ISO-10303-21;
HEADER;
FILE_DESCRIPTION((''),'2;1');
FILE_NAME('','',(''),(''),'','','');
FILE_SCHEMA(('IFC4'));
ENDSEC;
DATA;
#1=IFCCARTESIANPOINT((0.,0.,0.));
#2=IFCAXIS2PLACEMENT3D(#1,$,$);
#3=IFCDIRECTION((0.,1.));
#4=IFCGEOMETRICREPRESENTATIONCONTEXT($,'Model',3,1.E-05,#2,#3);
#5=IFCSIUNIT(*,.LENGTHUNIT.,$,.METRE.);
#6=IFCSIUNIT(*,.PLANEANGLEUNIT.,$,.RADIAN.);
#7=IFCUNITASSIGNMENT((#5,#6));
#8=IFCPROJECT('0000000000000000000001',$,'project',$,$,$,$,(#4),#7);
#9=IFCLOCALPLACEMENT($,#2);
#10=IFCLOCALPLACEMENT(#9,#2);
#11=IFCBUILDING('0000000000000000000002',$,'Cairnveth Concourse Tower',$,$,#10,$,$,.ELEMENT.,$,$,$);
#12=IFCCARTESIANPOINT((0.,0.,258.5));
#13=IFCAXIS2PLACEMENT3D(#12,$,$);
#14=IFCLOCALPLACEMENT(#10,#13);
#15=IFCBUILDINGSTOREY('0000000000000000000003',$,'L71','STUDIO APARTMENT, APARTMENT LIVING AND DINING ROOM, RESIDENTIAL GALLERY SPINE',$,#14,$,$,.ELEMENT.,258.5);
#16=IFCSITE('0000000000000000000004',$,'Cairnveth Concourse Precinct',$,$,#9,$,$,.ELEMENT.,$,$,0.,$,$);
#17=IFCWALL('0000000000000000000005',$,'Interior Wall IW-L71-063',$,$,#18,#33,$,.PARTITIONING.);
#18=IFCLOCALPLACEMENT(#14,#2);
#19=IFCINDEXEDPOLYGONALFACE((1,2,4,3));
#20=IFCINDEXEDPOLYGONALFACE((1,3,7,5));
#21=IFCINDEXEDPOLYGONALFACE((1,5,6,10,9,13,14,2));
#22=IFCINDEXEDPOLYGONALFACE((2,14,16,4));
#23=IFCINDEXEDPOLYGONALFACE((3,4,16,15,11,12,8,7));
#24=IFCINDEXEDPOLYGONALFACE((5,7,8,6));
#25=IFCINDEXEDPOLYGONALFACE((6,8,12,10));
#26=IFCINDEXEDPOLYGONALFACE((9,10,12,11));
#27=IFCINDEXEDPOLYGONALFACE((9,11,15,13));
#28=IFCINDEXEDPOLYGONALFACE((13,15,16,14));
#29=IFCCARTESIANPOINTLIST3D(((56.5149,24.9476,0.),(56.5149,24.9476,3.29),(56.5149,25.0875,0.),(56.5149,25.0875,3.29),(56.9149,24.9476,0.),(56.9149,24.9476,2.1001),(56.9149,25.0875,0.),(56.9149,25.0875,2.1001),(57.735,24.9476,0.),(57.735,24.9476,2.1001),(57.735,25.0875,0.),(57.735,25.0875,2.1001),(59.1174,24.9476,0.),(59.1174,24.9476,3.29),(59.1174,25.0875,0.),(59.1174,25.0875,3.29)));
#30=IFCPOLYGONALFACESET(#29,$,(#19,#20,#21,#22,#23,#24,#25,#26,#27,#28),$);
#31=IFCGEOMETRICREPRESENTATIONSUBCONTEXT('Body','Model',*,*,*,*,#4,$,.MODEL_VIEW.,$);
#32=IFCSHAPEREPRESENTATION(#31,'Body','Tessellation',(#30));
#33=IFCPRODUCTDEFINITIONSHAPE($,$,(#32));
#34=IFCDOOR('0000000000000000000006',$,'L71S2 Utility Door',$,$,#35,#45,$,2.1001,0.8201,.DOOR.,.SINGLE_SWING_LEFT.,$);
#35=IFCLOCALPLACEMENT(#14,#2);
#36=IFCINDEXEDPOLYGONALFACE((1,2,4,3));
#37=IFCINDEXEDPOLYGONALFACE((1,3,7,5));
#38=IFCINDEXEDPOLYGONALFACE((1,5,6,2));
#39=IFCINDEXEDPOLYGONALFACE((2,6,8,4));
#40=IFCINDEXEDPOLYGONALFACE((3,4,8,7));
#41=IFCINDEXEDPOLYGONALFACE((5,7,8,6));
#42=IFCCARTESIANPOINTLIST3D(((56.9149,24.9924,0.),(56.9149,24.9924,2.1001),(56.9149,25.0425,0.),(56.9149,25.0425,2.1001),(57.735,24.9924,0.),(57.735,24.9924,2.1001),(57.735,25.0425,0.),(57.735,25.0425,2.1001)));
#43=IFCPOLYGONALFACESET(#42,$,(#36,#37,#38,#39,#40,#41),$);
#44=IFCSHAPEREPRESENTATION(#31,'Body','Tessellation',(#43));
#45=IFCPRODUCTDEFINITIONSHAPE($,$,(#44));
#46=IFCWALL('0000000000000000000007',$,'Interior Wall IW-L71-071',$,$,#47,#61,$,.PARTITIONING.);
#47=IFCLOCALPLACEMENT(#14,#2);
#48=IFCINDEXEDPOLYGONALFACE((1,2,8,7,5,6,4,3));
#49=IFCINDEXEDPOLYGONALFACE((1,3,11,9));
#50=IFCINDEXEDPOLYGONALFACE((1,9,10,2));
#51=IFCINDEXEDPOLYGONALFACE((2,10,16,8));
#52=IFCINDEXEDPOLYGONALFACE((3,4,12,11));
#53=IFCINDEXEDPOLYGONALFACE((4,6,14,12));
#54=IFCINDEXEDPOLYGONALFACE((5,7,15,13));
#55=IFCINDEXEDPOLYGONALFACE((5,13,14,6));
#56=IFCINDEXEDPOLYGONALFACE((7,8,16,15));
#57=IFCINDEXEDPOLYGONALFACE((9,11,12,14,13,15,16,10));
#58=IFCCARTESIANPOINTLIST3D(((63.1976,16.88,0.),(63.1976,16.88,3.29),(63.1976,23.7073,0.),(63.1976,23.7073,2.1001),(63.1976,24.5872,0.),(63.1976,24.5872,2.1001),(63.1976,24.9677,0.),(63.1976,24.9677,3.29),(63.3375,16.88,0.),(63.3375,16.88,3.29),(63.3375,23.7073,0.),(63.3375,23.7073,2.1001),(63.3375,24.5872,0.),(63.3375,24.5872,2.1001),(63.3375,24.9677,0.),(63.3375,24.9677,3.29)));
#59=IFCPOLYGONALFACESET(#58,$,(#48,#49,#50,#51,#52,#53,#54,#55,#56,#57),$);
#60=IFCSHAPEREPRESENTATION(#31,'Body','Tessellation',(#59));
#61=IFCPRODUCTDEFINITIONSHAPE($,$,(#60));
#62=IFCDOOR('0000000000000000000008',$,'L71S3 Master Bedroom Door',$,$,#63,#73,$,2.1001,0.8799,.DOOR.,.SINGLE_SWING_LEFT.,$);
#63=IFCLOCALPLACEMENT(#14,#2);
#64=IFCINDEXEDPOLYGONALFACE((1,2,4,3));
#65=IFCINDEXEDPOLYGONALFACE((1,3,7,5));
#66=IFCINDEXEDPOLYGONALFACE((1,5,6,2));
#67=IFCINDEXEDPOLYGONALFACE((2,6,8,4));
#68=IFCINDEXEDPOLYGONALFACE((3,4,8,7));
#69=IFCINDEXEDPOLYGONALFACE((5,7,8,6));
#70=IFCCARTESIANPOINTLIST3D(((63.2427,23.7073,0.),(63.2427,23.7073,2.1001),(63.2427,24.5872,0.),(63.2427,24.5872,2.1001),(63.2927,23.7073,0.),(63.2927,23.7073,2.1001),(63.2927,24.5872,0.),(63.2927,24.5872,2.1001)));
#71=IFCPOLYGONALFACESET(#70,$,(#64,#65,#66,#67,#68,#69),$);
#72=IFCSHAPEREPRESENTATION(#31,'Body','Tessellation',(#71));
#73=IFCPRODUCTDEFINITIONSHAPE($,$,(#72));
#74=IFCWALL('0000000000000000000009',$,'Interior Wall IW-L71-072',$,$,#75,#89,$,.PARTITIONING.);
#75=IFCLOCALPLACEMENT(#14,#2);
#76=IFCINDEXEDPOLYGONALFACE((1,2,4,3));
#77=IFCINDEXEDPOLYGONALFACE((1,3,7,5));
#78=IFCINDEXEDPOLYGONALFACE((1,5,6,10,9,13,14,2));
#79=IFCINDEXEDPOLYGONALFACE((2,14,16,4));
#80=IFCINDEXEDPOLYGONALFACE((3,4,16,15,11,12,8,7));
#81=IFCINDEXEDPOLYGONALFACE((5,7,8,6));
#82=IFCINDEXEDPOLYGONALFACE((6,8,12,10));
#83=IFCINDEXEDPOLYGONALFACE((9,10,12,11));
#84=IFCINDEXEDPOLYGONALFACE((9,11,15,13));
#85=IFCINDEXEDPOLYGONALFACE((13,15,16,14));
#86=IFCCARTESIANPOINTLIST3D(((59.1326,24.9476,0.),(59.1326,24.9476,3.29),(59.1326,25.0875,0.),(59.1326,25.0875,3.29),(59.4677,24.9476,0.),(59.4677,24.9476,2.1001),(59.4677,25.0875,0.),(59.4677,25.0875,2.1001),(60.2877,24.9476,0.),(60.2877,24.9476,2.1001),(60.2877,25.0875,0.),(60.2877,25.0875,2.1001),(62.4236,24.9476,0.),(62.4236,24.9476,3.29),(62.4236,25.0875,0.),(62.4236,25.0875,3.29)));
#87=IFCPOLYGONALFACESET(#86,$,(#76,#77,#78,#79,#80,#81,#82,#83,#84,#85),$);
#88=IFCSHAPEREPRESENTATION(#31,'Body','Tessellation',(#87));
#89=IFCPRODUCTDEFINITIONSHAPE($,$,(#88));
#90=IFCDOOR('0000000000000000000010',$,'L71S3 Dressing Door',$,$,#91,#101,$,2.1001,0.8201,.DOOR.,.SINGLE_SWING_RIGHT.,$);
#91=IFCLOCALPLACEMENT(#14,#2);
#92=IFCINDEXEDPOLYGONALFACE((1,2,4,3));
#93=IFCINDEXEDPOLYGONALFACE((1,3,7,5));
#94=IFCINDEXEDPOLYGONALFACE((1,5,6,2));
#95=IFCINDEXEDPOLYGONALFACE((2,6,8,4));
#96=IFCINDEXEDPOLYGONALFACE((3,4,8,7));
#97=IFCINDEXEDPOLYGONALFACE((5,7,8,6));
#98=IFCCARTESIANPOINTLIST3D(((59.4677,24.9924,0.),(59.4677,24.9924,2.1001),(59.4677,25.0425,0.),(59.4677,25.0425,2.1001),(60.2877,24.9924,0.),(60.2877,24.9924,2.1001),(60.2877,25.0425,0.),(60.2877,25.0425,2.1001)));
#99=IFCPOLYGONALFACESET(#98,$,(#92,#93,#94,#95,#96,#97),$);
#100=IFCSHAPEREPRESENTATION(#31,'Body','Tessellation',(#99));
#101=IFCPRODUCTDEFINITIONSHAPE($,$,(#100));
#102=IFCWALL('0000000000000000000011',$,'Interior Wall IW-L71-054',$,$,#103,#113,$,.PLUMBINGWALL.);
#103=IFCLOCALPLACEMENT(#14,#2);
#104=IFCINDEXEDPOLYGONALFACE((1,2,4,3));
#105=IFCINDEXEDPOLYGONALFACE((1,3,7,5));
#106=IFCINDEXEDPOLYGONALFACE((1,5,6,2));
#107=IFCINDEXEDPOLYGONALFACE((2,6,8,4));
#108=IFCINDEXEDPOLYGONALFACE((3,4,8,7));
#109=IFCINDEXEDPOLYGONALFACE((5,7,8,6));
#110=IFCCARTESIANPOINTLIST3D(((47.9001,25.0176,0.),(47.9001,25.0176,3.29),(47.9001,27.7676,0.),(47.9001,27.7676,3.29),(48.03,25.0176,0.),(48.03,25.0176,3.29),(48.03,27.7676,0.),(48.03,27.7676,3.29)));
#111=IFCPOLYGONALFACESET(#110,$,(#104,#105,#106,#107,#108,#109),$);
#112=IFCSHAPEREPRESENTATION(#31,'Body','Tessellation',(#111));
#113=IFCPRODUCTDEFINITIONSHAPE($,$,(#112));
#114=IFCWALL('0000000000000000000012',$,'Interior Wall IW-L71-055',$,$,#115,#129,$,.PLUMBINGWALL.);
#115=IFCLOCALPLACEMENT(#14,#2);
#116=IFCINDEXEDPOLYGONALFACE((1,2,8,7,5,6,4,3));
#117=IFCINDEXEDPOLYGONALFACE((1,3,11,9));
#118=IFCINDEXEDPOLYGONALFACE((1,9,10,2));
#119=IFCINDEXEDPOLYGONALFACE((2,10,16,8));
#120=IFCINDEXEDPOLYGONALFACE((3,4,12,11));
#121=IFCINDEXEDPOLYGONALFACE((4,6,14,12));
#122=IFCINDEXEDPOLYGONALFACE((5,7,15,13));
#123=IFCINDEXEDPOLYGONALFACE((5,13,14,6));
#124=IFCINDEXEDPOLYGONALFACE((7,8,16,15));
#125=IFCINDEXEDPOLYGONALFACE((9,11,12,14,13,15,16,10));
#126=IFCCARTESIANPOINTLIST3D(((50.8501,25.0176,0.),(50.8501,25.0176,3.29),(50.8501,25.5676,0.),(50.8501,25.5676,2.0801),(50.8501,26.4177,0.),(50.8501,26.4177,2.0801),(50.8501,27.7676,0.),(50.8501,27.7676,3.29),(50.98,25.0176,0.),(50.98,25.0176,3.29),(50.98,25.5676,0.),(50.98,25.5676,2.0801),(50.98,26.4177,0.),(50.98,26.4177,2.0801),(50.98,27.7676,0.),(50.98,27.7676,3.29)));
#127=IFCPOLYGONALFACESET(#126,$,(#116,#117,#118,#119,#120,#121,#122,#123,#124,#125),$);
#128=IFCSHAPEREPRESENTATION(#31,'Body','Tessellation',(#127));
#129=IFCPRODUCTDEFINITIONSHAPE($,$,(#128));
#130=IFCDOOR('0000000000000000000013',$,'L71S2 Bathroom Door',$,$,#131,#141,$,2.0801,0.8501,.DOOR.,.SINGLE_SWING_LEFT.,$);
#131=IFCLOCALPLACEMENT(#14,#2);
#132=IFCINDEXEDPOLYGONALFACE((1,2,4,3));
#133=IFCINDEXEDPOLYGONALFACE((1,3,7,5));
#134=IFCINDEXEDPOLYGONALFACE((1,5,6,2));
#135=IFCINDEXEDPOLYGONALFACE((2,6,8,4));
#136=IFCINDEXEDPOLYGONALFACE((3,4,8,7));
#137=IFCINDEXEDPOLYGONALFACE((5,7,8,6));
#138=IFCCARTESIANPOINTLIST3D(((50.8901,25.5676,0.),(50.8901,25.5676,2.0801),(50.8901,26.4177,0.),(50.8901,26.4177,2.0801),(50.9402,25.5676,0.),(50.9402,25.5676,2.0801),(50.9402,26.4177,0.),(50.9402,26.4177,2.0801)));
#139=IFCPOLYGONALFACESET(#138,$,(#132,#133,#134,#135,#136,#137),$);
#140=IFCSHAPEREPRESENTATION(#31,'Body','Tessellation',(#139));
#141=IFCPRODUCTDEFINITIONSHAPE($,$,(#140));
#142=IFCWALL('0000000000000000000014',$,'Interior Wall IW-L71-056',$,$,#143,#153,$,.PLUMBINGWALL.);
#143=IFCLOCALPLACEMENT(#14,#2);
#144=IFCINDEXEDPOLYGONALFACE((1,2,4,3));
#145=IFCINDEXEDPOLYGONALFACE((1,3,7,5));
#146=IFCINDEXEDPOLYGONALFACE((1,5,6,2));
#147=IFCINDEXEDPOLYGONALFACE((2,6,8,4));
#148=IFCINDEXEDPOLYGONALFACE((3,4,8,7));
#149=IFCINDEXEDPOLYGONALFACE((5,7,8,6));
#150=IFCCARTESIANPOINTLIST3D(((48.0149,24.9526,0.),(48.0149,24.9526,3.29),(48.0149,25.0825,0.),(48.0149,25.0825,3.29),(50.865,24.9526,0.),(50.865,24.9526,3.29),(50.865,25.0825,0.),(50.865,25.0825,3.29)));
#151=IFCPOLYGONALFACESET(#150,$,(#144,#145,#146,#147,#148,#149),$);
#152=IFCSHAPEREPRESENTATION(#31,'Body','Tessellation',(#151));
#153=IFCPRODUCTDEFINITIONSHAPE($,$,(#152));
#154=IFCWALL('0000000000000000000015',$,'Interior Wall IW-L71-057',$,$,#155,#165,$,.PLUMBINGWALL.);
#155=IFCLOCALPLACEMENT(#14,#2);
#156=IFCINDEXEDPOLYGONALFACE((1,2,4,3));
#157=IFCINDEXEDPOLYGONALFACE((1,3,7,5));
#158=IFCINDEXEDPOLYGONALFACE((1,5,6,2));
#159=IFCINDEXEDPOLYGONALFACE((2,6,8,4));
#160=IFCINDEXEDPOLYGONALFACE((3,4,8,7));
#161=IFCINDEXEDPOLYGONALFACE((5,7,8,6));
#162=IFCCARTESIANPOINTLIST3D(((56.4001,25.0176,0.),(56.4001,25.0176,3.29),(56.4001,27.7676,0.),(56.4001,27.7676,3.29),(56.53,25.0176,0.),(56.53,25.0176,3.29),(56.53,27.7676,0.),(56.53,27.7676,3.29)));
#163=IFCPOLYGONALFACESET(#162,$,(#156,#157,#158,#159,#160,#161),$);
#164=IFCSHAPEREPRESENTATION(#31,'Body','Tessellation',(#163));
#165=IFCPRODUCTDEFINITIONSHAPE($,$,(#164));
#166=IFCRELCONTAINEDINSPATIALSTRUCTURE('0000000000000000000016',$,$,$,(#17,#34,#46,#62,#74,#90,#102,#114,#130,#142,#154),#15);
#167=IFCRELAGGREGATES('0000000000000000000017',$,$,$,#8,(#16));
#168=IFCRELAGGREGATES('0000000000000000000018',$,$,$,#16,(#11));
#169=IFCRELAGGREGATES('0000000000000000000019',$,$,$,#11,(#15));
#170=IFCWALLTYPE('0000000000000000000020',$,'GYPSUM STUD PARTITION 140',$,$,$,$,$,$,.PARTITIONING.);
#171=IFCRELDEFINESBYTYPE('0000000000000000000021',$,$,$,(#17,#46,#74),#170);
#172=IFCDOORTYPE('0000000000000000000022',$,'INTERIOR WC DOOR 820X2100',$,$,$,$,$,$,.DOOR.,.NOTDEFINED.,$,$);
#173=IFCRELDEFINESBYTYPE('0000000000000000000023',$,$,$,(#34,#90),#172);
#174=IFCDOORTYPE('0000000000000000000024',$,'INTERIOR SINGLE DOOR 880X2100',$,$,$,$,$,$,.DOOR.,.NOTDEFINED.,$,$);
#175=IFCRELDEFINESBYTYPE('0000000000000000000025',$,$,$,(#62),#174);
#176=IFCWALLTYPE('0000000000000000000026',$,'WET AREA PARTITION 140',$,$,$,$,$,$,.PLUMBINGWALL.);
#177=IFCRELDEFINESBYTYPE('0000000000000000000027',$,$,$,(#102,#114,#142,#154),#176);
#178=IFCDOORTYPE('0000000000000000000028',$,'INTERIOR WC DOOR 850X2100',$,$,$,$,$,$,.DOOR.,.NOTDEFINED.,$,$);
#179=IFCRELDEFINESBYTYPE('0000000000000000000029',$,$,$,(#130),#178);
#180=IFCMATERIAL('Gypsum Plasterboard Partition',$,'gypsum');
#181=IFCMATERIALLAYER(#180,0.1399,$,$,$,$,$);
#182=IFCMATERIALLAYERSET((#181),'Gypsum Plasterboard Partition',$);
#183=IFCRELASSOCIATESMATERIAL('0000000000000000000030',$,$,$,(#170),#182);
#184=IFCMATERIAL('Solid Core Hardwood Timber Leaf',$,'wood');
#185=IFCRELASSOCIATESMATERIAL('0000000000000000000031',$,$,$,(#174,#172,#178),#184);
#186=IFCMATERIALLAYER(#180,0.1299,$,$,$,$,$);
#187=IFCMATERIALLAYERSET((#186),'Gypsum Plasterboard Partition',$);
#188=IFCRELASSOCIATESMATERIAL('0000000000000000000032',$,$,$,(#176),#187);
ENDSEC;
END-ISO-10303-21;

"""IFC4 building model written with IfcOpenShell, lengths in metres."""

from ifc_helpers import new_model, si_unit, direction, frame, frame_2d, origin, place, context, subcontext, project, spatial, rectangle, extrude, material, layer, layer_set, type_object, element, fill, save


model = new_model("IFC4")

# Units and contexts
model_context = context("Model", 3, precision=1e-05, world=origin(), true_north=direction((0.0, 1.0)))
body_context = subcontext(model_context, "Body", "Model", "MODEL_VIEW")
ifc_project = project(units=[si_unit("LENGTHUNIT", "METRE"), si_unit("PLANEANGLEUNIT", "RADIAN")], contexts=[model_context])

# Site, building, storey
site_placement = place(None, origin())
site = spatial("IfcSite", under=ifc_project, at=site_placement, Name="Cairnveth Concourse Precinct", CompositionType="ELEMENT", RefElevation=0.0)
building_placement = place(site_placement, origin())
building = spatial("IfcBuilding", under=site, at=building_placement, Name="Cairnveth Concourse Tower", CompositionType="ELEMENT")
storey_placement = place(building_placement, frame((0.0, 0.0, 258.5)))
storey = spatial("IfcBuildingStorey", under=building, at=storey_placement, Name="L71", Description="STUDIO APARTMENT, APARTMENT LIVING AND DINING ROOM, RESIDENTIAL GALLERY SPINE", CompositionType="ELEMENT", Elevation=258.5)

# Shared definitions
ifc_material_1 = material(Name="Gypsum Plasterboard Partition", Category="gypsum")

# Walls, openings, doors
ifc_layer_1 = layer(ifc_material_1, 0.1399)
ifc_layer_set_1 = layer_set([ifc_layer_1], Name="Gypsum Plasterboard Partition")
wall_type_1 = type_object("IfcWallType", Name="GYPSUM STUD PARTITION 140", PredefinedType="PARTITIONING", material=ifc_layer_set_1)
ifc_material_2 = material(Name="Solid Core Hardwood Timber Leaf", Category="wood")
door_type_1 = type_object("IfcDoorType", Name="INTERIOR SINGLE DOOR 880X2100", OperationType="NOTDEFINED", PredefinedType="DOOR", material=ifc_material_2)
wall_1_placement = place(storey_placement, frame((56.5149, 25.0176, 0.0), z_axis=(0.0, 0.0, 1.0), x_axis=(1.0, 0.0, 0.0)))
wall_1 = element("IfcWall", 1, at=wall_1_placement, inside=storey, type_object=wall_type_1, Name="Interior Wall IW-L71-063", PredefinedType="PARTITIONING", context=body_context, shape_type="SweptSolid", body=[
    extrude(rectangle(XDim=2.6025, YDim=0.1399, at=frame_2d((1.3013, 0.0))), origin(), (0.0, 0.0, 1.0), 3.29),
])
opening_1_placement = place(wall_1_placement, frame((0.3999, 0.0, 0.0)))
opening_1 = element("IfcOpeningElement", 2, at=opening_1_placement, cuts=wall_1, PredefinedType="OPENING", context=body_context, shape_type="SweptSolid", body=[
    extrude(rectangle(XDim=0.8201, YDim=2.1001, at=frame_2d((0.4102, 1.05))), frame((0.0, 0.0798, 0.0), z_axis=(0.0, -1.0, 0.0), x_axis=(1.0, 0.0, 0.0)), (0.0, 0.0, 1.0), 0.1599),
])
door_type_2 = type_object("IfcDoorType", Name="INTERIOR WC DOOR 820X2100", OperationType="NOTDEFINED", PredefinedType="DOOR", material=ifc_material_2)
door_1_placement = place(opening_1_placement, origin())
door_1 = element("IfcDoor", 3, at=door_1_placement, inside=storey, type_object=door_type_2, Name="L71S2 Utility Door", OperationType="SINGLE_SWING_LEFT", OverallHeight=2.1001, OverallWidth=0.8201, PredefinedType="DOOR", context=body_context, shape_type="SweptSolid", body=[
    extrude(rectangle(XDim=0.8201, YDim=2.1001, at=frame_2d((0.4102, 1.05))), frame((0.0, 0.0249, 0.0), z_axis=(0.0, -1.0, 0.0), x_axis=(1.0, 0.0, 0.0)), (0.0, 0.0, 1.0), 0.05),
])
fill(opening_1, door_1)
wall_2_placement = place(storey_placement, frame((63.2676, 16.8799, 0.0), z_axis=(0.0, 0.0, 1.0), x_axis=(0.0, 1.0, 0.0)))
wall_2 = element("IfcWall", 4, at=wall_2_placement, inside=storey, type_object=wall_type_1, Name="Interior Wall IW-L71-071", PredefinedType="PARTITIONING", context=body_context, shape_type="SweptSolid", body=[
    extrude(rectangle(XDim=8.0876, YDim=0.1399, at=frame_2d((4.0439, 0.0))), origin(), (0.0, 0.0, 1.0), 3.29),
])
opening_2_placement = place(wall_2_placement, frame((6.8274, 0.0, 0.0)))
opening_2 = element("IfcOpeningElement", 5, at=opening_2_placement, cuts=wall_2, PredefinedType="OPENING", context=body_context, shape_type="SweptSolid", body=[
    extrude(rectangle(XDim=0.8799, YDim=2.1001, at=frame_2d((0.4399, 1.05))), frame((0.0, 0.0798, 0.0), z_axis=(0.0, -1.0, 0.0), x_axis=(1.0, 0.0, 0.0)), (0.0, 0.0, 1.0), 0.1599),
])
door_2_placement = place(opening_2_placement, origin())
door_2 = element("IfcDoor", 6, at=door_2_placement, inside=storey, type_object=door_type_1, Name="L71S3 Master Bedroom Door", OperationType="SINGLE_SWING_LEFT", OverallHeight=2.1001, OverallWidth=0.8799, PredefinedType="DOOR", context=body_context, shape_type="SweptSolid", body=[
    extrude(rectangle(XDim=0.8799, YDim=2.1001, at=frame_2d((0.4399, 1.05))), frame((0.0, 0.0249, 0.0), z_axis=(0.0, -1.0, 0.0), x_axis=(1.0, 0.0, 0.0)), (0.0, 0.0, 1.0), 0.05),
])
fill(opening_2, door_2)
wall_3_placement = place(storey_placement, frame((59.1326, 25.0176, 0.0), z_axis=(0.0, 0.0, 1.0), x_axis=(1.0, 0.0, 0.0)))
wall_3 = element("IfcWall", 7, at=wall_3_placement, inside=storey, type_object=wall_type_1, Name="Interior Wall IW-L71-072", PredefinedType="PARTITIONING", context=body_context, shape_type="SweptSolid", body=[
    extrude(rectangle(XDim=3.291, YDim=0.1399, at=frame_2d((1.6455, 0.0))), origin(), (0.0, 0.0, 1.0), 3.29),
])
opening_3_placement = place(wall_3_placement, frame((0.335, 0.0, 0.0)))
opening_3 = element("IfcOpeningElement", 8, at=opening_3_placement, cuts=wall_3, PredefinedType="OPENING", context=body_context, shape_type="SweptSolid", body=[
    extrude(rectangle(XDim=0.8201, YDim=2.1001, at=frame_2d((0.4102, 1.05))), frame((0.0, 0.0798, 0.0), z_axis=(0.0, -1.0, 0.0), x_axis=(1.0, 0.0, 0.0)), (0.0, 0.0, 1.0), 0.1599),
])
door_3_placement = place(opening_3_placement, origin())
door_3 = element("IfcDoor", 9, at=door_3_placement, inside=storey, type_object=door_type_2, Name="L71S3 Dressing Door", OperationType="SINGLE_SWING_RIGHT", OverallHeight=2.1001, OverallWidth=0.8201, PredefinedType="DOOR", context=body_context, shape_type="SweptSolid", body=[
    extrude(rectangle(XDim=0.8201, YDim=2.1001, at=frame_2d((0.4102, 1.05))), frame((0.0, 0.0249, 0.0), z_axis=(0.0, -1.0, 0.0), x_axis=(1.0, 0.0, 0.0)), (0.0, 0.0, 1.0), 0.05),
])
fill(opening_3, door_3)

# Wall
ifc_layer_2 = layer(ifc_material_1, 0.1299)
ifc_layer_set_2 = layer_set([ifc_layer_2], Name="Gypsum Plasterboard Partition")
wall_type_2 = type_object("IfcWallType", Name="WET AREA PARTITION 140", PredefinedType="PLUMBINGWALL", material=ifc_layer_set_2)
wall_4_placement = place(storey_placement, frame((47.9651, 25.0176, 0.0), z_axis=(0.0, 0.0, 1.0), x_axis=(0.0, 1.0, 0.0)))
element("IfcWall", 10, at=wall_4_placement, inside=storey, type_object=wall_type_2, Name="Interior Wall IW-L71-054", PredefinedType="PLUMBINGWALL", context=body_context, shape_type="SweptSolid", body=[
    extrude(rectangle(XDim=2.75, YDim=0.1299, at=frame_2d((1.375, 0.0))), origin(), (0.0, 0.0, 1.0), 3.29),
])

# Wall, opening, door
wall_5_placement = place(storey_placement, frame((50.915, 25.0176, 0.0), z_axis=(0.0, 0.0, 1.0), x_axis=(0.0, 1.0, 0.0)))
wall_5 = element("IfcWall", 11, at=wall_5_placement, inside=storey, type_object=wall_type_2, Name="Interior Wall IW-L71-055", PredefinedType="PLUMBINGWALL", context=body_context, shape_type="SweptSolid", body=[
    extrude(rectangle(XDim=2.75, YDim=0.1299, at=frame_2d((1.375, 0.0))), origin(), (0.0, 0.0, 1.0), 3.29),
])
opening_4_placement = place(wall_5_placement, frame((0.55, 0.0, 0.0)))
opening_4 = element("IfcOpeningElement", 12, at=opening_4_placement, cuts=wall_5, PredefinedType="OPENING", context=body_context, shape_type="SweptSolid", body=[
    extrude(rectangle(XDim=0.8501, YDim=2.0801, at=frame_2d((0.425, 1.04))), frame((0.0, 0.075, 0.0), z_axis=(0.0, -1.0, 0.0), x_axis=(1.0, 0.0, 0.0)), (0.0, 0.0, 1.0), 0.1499),
])
door_type_3 = type_object("IfcDoorType", Name="INTERIOR WC DOOR 850X2100", OperationType="NOTDEFINED", PredefinedType="DOOR", material=ifc_material_2)
door_4_placement = place(opening_4_placement, origin())
door_4 = element("IfcDoor", 13, at=door_4_placement, inside=storey, type_object=door_type_3, Name="L71S2 Bathroom Door", OperationType="SINGLE_SWING_LEFT", OverallHeight=2.0801, OverallWidth=0.8501, PredefinedType="DOOR", context=body_context, shape_type="SweptSolid", body=[
    extrude(rectangle(XDim=0.8501, YDim=2.0801, at=frame_2d((0.425, 1.04))), frame((0.0, 0.0249, 0.0), z_axis=(0.0, -1.0, 0.0), x_axis=(1.0, 0.0, 0.0)), (0.0, 0.0, 1.0), 0.05),
])
fill(opening_4, door_4)

# Walls
wall_6_placement = place(storey_placement, frame((48.0149, 25.0176, 0.0), z_axis=(0.0, 0.0, 1.0), x_axis=(1.0, 0.0, 0.0)))
element("IfcWall", 14, at=wall_6_placement, inside=storey, type_object=wall_type_2, Name="Interior Wall IW-L71-056", PredefinedType="PLUMBINGWALL", context=body_context, shape_type="SweptSolid", body=[
    extrude(rectangle(XDim=2.8501, YDim=0.1299, at=frame_2d((1.425, 0.0))), origin(), (0.0, 0.0, 1.0), 3.29),
])
wall_7_placement = place(storey_placement, frame((56.4651, 25.0176, 0.0), z_axis=(0.0, 0.0, 1.0), x_axis=(0.0, 1.0, 0.0)))
element("IfcWall", 15, at=wall_7_placement, inside=storey, type_object=wall_type_2, Name="Interior Wall IW-L71-057", PredefinedType="PLUMBINGWALL", context=body_context, shape_type="SweptSolid", body=[
    extrude(rectangle(XDim=2.75, YDim=0.1299, at=frame_2d((1.375, 0.0))), origin(), (0.0, 0.0, 1.0), 3.29),
])

save(model, "model.ifc")
